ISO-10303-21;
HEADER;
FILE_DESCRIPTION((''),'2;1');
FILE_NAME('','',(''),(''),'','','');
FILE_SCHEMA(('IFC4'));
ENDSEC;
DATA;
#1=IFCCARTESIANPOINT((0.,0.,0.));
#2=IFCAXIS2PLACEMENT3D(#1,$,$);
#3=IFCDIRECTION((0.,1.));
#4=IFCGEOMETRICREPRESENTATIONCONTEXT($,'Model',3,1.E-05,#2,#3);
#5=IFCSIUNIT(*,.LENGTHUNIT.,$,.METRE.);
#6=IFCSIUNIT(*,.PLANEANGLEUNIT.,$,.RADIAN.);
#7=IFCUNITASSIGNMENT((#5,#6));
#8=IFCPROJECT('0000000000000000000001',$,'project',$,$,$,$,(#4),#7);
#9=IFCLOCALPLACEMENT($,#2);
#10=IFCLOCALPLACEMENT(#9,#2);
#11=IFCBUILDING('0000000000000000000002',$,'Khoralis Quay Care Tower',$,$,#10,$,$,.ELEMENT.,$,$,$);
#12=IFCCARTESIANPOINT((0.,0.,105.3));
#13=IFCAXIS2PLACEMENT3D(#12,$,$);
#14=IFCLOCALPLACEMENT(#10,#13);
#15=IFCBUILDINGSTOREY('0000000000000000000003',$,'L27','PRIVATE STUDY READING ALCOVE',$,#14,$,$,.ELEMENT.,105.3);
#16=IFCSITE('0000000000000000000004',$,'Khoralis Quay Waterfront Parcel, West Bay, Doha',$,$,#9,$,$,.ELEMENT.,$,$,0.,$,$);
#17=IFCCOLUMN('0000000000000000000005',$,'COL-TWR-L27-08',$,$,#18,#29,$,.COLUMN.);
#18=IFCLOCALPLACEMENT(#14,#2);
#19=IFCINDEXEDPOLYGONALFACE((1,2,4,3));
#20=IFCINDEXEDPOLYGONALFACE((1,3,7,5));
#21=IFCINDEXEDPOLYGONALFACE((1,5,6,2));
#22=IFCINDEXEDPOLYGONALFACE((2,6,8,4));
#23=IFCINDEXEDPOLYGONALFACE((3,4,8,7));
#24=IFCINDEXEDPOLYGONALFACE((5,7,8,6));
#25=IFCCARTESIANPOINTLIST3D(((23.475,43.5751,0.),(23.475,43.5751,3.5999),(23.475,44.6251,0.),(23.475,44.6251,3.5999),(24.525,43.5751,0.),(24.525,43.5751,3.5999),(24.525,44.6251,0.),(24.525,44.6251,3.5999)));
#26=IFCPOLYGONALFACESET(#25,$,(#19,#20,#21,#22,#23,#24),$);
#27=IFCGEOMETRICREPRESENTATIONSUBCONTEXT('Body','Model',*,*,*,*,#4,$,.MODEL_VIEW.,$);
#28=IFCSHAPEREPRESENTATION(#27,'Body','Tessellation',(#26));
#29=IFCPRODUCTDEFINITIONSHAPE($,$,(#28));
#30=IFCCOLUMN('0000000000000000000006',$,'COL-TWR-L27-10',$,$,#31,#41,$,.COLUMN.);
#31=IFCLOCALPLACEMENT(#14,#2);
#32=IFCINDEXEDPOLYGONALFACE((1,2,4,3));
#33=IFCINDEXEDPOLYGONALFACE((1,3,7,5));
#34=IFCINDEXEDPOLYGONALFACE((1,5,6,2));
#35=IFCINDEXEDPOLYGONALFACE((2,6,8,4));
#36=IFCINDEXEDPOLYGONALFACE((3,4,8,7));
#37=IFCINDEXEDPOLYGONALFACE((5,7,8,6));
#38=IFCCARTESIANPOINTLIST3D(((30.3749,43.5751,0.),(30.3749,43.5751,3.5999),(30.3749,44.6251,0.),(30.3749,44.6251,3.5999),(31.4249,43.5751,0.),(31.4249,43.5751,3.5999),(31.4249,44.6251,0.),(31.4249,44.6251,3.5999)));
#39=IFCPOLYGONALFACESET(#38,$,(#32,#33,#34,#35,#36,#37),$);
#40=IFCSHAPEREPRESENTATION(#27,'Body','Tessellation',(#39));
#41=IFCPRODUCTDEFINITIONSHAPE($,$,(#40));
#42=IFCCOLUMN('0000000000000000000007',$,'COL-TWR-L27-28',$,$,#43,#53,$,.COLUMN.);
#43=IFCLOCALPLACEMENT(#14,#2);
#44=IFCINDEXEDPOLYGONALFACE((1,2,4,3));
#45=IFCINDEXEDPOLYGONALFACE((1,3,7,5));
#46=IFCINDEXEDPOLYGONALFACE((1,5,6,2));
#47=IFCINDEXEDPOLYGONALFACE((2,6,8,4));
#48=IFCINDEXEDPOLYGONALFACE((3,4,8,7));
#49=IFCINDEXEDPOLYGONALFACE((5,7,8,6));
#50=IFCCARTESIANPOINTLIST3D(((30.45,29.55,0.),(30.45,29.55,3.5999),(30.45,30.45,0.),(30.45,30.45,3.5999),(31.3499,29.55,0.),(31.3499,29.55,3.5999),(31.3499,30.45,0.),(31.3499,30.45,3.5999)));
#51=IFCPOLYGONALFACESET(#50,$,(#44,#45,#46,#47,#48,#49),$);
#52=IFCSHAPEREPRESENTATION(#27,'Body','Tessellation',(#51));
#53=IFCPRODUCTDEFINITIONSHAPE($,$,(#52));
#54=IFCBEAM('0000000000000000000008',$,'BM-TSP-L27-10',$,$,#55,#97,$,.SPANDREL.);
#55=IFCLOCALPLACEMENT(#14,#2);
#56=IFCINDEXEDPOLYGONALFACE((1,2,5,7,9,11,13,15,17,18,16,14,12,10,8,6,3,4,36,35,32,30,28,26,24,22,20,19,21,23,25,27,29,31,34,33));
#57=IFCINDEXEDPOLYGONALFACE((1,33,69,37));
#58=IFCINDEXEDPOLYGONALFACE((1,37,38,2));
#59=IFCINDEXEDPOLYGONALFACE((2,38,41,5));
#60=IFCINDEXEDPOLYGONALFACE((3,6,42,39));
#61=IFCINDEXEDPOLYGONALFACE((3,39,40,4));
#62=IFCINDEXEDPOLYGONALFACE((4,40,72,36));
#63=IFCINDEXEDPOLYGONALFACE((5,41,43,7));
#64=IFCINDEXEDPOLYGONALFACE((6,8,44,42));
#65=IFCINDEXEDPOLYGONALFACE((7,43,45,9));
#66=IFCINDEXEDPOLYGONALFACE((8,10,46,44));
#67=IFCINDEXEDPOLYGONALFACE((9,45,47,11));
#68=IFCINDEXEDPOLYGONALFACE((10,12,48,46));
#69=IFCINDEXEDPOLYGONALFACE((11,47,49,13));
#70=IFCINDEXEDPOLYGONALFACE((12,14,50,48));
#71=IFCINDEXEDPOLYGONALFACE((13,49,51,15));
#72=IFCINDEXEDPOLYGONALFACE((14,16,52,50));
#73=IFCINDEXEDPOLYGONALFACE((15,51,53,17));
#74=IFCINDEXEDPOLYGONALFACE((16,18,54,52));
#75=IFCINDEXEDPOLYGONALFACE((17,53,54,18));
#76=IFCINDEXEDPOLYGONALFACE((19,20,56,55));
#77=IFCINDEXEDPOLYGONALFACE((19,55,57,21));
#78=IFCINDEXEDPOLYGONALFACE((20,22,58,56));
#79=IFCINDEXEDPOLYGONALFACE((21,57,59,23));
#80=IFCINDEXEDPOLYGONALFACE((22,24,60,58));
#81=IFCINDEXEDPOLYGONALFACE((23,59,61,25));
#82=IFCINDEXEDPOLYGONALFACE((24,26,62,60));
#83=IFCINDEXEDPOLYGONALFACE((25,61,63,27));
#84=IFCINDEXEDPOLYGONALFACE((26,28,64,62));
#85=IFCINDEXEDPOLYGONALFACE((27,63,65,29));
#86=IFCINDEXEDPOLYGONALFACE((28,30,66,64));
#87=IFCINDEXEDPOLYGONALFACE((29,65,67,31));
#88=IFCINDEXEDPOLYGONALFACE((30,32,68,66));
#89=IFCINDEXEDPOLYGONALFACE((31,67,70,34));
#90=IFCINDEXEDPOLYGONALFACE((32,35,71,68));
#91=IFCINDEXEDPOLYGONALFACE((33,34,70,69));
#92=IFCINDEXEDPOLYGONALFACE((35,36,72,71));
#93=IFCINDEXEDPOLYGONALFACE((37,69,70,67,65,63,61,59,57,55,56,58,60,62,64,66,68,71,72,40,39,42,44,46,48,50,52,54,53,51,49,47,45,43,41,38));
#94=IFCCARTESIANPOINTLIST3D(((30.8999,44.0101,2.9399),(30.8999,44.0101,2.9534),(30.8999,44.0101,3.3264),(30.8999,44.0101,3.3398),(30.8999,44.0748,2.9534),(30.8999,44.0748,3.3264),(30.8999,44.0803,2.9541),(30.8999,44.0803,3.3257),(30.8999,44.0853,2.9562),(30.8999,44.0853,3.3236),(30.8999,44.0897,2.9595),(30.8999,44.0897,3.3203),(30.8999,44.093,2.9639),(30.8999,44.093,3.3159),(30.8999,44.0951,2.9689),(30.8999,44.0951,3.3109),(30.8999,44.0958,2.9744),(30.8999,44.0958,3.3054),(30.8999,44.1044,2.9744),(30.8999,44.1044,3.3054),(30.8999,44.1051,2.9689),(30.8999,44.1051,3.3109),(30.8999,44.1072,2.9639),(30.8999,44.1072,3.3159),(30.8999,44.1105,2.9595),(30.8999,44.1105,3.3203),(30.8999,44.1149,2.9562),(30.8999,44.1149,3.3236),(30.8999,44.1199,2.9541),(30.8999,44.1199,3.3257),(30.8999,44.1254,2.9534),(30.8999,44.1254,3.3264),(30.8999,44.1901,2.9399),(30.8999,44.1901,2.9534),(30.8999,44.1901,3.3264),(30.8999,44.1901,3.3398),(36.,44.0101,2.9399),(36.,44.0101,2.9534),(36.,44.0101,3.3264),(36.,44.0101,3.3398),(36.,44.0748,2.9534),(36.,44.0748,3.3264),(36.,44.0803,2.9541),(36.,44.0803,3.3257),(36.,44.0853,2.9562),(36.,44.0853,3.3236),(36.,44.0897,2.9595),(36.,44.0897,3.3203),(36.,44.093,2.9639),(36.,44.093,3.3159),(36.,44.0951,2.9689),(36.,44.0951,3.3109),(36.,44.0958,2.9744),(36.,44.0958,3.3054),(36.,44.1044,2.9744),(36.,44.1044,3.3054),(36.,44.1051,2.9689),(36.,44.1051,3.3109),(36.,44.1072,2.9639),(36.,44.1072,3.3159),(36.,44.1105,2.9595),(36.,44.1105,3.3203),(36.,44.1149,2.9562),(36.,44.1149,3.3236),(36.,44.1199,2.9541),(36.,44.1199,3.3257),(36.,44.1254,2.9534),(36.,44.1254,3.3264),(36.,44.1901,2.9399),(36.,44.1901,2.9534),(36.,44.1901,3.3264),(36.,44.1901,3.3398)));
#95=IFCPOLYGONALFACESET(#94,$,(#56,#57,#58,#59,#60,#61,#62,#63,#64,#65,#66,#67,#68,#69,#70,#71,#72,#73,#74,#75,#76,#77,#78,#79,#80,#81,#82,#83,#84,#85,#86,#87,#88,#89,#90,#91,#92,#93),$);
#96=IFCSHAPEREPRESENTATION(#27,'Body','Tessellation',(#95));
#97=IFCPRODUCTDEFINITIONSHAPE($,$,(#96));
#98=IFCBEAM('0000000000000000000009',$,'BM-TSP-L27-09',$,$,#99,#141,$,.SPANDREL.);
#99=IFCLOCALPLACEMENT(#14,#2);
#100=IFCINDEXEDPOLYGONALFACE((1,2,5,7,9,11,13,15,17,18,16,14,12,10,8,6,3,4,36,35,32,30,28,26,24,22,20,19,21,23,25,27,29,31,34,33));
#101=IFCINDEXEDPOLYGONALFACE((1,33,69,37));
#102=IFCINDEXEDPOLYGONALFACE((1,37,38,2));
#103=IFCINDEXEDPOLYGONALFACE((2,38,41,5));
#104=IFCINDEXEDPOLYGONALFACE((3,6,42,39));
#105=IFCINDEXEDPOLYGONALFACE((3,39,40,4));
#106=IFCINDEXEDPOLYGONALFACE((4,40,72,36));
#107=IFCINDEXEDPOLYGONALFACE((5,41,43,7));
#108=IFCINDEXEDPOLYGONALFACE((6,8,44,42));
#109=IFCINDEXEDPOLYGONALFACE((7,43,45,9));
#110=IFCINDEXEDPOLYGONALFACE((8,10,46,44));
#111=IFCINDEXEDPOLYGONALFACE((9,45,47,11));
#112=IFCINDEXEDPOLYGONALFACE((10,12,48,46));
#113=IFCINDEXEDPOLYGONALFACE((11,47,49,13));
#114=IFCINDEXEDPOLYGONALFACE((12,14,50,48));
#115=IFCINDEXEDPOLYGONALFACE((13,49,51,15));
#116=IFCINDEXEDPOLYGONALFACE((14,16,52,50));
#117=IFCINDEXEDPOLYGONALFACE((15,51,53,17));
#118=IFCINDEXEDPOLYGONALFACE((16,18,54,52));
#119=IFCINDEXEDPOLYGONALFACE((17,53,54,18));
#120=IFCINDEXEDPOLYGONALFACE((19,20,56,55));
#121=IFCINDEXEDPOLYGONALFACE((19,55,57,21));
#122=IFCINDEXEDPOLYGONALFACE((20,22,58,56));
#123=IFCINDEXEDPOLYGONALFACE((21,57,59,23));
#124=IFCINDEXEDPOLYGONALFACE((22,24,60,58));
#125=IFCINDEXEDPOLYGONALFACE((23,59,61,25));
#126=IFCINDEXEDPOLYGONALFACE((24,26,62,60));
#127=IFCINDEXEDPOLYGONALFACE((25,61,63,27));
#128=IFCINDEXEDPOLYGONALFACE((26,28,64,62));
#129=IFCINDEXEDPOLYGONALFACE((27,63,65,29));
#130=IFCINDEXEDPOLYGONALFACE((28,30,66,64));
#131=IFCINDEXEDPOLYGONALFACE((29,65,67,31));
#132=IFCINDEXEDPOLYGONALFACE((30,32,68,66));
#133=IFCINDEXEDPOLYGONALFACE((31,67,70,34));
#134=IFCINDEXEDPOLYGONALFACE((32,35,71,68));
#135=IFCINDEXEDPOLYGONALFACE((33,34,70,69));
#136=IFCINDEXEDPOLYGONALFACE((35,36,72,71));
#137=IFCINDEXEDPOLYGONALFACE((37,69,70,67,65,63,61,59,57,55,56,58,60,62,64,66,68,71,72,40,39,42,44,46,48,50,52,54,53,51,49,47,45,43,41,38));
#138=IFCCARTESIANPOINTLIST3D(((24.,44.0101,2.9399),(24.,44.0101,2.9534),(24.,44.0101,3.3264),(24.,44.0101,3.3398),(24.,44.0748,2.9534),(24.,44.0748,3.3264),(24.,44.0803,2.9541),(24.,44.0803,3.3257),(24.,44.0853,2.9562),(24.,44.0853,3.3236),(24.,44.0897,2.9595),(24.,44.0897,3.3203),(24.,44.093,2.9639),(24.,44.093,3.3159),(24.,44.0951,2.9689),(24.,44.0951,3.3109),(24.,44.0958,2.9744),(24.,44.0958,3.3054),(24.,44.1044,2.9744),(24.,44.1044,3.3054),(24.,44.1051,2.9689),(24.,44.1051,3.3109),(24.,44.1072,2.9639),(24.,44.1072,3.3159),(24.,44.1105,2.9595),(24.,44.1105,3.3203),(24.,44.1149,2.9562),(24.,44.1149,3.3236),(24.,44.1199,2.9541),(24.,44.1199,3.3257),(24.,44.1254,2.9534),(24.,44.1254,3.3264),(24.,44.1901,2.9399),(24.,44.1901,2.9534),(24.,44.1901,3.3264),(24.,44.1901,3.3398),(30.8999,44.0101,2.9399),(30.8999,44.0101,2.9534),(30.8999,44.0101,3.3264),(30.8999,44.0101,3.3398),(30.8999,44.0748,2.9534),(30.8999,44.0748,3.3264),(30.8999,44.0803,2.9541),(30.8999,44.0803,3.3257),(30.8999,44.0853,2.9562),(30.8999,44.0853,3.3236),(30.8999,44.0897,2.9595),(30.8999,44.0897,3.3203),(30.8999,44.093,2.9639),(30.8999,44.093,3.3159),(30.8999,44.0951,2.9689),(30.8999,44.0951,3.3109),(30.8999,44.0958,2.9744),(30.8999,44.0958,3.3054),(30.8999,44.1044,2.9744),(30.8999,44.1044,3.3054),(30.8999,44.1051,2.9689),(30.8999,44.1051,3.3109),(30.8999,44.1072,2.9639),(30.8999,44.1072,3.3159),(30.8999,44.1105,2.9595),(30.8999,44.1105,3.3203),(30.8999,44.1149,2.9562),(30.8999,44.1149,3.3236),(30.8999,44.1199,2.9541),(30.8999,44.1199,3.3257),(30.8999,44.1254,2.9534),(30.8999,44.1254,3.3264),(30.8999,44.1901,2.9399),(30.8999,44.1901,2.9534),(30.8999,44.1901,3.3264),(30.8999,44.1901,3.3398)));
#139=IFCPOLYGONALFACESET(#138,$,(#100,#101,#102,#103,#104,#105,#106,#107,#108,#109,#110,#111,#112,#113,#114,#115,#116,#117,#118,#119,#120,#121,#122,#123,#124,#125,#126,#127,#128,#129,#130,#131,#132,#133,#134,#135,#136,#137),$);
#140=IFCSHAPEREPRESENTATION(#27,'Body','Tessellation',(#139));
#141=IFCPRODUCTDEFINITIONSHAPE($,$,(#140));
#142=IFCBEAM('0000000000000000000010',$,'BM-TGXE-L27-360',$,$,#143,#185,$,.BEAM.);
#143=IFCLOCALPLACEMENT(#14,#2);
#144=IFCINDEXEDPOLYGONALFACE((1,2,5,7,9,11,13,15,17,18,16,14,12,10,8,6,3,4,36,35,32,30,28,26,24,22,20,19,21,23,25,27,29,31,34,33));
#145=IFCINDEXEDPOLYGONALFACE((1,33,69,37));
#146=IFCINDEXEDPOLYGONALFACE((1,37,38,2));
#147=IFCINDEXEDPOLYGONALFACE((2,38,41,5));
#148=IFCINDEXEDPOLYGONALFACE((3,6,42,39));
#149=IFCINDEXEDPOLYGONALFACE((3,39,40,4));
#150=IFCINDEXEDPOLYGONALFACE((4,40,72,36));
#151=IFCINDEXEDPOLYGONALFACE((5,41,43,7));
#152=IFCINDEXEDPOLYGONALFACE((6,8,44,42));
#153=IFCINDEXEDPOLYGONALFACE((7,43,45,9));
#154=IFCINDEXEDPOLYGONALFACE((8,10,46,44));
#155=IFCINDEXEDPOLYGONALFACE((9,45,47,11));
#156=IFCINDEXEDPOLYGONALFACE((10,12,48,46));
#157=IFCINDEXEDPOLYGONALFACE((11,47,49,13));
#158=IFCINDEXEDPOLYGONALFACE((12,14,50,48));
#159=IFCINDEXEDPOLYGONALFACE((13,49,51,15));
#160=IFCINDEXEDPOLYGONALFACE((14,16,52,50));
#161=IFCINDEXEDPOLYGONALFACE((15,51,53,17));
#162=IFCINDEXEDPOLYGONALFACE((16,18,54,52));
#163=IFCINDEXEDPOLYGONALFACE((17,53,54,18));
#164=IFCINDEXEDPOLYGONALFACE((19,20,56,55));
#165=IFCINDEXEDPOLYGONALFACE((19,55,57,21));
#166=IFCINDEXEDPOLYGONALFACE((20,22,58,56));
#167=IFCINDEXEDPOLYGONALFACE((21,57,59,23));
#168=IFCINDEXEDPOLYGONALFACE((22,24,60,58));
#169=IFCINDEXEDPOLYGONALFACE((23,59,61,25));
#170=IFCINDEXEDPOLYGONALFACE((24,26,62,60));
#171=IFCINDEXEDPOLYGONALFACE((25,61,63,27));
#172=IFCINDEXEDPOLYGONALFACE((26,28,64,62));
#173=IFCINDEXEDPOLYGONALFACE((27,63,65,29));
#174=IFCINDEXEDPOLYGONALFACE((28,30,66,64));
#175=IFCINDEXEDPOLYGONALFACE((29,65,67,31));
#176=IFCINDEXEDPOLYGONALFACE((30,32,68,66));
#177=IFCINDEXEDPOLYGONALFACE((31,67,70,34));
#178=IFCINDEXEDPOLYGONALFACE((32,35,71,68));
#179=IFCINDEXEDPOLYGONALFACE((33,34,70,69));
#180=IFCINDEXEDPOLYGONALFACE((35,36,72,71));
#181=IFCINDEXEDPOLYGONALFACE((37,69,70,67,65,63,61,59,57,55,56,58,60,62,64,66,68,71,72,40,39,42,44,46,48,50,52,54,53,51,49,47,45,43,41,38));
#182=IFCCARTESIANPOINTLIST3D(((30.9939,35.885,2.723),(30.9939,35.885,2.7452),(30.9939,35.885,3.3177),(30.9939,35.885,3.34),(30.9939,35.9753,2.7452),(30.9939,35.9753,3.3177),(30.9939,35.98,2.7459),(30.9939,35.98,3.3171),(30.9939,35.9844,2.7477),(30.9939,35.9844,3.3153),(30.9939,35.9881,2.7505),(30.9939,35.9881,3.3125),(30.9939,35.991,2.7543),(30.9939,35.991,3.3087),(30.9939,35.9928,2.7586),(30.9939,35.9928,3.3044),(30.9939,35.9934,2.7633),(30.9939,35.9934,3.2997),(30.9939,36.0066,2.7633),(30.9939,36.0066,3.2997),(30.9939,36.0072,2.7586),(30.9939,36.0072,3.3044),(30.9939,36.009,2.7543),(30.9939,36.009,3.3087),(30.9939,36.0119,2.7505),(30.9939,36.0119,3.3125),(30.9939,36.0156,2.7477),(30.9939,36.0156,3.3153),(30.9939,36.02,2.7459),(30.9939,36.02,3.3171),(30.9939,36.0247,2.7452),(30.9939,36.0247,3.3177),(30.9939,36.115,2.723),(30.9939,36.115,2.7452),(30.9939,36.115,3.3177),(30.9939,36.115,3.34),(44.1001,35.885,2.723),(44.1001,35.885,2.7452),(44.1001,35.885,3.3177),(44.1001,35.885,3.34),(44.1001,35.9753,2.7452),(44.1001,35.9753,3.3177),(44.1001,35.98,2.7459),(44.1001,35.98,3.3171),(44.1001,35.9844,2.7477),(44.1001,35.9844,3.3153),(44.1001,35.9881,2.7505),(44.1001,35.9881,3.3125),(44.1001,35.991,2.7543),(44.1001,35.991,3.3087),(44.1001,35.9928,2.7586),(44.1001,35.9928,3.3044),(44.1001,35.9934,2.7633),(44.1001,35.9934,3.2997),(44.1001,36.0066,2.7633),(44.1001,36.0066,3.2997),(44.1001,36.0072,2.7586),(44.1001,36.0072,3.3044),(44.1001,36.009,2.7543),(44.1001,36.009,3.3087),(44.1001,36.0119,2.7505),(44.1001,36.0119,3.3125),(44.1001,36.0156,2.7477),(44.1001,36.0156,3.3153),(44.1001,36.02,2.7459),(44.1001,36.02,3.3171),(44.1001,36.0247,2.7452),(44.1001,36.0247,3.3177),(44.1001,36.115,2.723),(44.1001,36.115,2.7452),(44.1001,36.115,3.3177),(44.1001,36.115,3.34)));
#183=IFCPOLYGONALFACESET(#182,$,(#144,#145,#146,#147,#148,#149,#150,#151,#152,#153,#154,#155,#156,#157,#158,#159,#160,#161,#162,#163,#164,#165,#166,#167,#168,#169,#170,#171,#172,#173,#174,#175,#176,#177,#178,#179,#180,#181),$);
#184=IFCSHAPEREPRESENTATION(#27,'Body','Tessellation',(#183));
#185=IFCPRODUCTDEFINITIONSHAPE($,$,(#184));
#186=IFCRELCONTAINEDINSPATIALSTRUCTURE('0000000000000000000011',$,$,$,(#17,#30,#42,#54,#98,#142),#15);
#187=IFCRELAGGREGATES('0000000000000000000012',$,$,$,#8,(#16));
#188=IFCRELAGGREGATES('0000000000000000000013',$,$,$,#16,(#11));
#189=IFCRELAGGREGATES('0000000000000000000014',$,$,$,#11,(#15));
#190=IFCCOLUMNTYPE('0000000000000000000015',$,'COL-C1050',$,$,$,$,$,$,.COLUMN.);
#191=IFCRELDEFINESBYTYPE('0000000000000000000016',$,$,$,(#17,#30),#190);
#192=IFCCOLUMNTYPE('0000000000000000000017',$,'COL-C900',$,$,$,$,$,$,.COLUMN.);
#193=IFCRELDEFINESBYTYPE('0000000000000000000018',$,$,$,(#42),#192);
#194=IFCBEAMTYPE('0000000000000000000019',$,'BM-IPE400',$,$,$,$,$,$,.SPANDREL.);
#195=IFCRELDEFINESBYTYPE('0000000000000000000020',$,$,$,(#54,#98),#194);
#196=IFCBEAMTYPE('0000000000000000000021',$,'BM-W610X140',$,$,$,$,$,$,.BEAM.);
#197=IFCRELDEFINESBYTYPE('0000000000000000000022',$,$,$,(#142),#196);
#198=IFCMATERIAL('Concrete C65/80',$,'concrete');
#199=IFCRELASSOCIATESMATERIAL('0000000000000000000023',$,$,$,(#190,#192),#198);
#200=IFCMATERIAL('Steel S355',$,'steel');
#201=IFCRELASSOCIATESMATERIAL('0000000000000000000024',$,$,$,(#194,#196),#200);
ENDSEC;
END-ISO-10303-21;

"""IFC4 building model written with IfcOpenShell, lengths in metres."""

from ifc_helpers import new_model, si_unit, direction, frame, origin, origin_2d, place, context, subcontext, project, spatial, rectangle, i_section, extrude, source, transform, mapped, material, material_profile, profile_set, type_object, element, save


model = new_model("IFC4")

# Units and contexts
model_context = context("Model", 3, precision=1e-05, world=origin(), true_north=direction((0.0, 1.0)))
body_context = subcontext(model_context, "Body", "Model", "MODEL_VIEW")
ifc_project = project(units=[si_unit("LENGTHUNIT", "METRE"), si_unit("PLANEANGLEUNIT", "RADIAN")], contexts=[model_context])

# Site, building, storey
site_placement = place(None, origin())
site = spatial("IfcSite", under=ifc_project, at=site_placement, Name="Khoralis Quay Waterfront Parcel, West Bay, Doha", CompositionType="ELEMENT", RefElevation=0.0)
building_placement = place(site_placement, origin())
building = spatial("IfcBuilding", under=site, at=building_placement, Name="Khoralis Quay Care Tower", CompositionType="ELEMENT")
storey_placement = place(building_placement, frame((0.0, 0.0, 105.3)))
storey = spatial("IfcBuildingStorey", under=building, at=storey_placement, Name="L27", Description="PRIVATE STUDY READING ALCOVE", CompositionType="ELEMENT", Elevation=105.3)

# Columns
ifc_material_1 = material(Name="Concrete C65/80", Category="concrete")
ifc_material_profile_1 = material_profile(ifc_material_1, rectangle(XDim=1.05, YDim=1.05, at=origin_2d()), Name="Concrete C65/80")
ifc_profile_set_1 = profile_set([ifc_material_profile_1], Name="Concrete C65/80")
column_type_1 = type_object("IfcColumnType", Name="COL-C1050", PredefinedType="COLUMN", material=ifc_profile_set_1)
shared_shape_1 = source(origin(), body_context, "Body", "SweptSolid", [
    extrude(rectangle(XDim=1.05, YDim=1.05, at=origin_2d()), origin(), (0.0, 0.0, 1.0), 3.5999),
])
for number, where, z_axis, x_axis, name in (
    (1, (24.0, 44.1001, 0.0), (0.0, 0.0, 1.0), (1.0, 0.0, 0.0), "COL-TWR-L27-08"),
    (2, (30.8999, 44.1001, 0.0), (0.0, 0.0, 1.0), (1.0, 0.0, 0.0), "COL-TWR-L27-10"),
):
    element("IfcColumn", number, at=place(storey_placement, frame(where, z_axis=z_axis, x_axis=x_axis)), inside=storey, type_object=column_type_1, Name=name, PredefinedType="COLUMN", context=body_context, shape_type="MappedRepresentation", body=[
        mapped(shared_shape_1, transform((0.0, 0.0, 0.0), scale=1.0)),
    ])
ifc_material_profile_2 = material_profile(ifc_material_1, rectangle(XDim=0.8999, YDim=0.8999, at=origin_2d()), Name="Concrete C65/80")
ifc_profile_set_2 = profile_set([ifc_material_profile_2], Name="Concrete C65/80")
column_type_2 = type_object("IfcColumnType", Name="COL-C900", PredefinedType="COLUMN", material=ifc_profile_set_2)
shared_shape_2 = source(origin(), body_context, "Body", "SweptSolid", [
    extrude(rectangle(XDim=0.8999, YDim=0.8999, at=origin_2d()), origin(), (0.0, 0.0, 1.0), 3.5999),
])
column_placement = place(storey_placement, frame((30.8999, 30.0, 0.0), z_axis=(0.0, 0.0, 1.0), x_axis=(1.0, 0.0, 0.0)))
element("IfcColumn", 3, at=column_placement, inside=storey, type_object=column_type_2, Name="COL-TWR-L27-28", PredefinedType="COLUMN", context=body_context, shape_type="MappedRepresentation", body=[
    mapped(shared_shape_2, transform((0.0, 0.0, 0.0), scale=1.0)),
])

# Beams
ifc_material_2 = material(Name="Steel S355", Category="steel")
ifc_material_profile_3 = material_profile(ifc_material_2, i_section(OverallWidth=0.1799, OverallDepth=0.3999, WebThickness=0.0085, FlangeThickness=0.0134, FilletRadius=0.021, at=origin_2d()), Name="Steel S355")
ifc_profile_set_3 = profile_set([ifc_material_profile_3], Name="Steel S355")
beam_type_1 = type_object("IfcBeamType", Name="BM-IPE400", PredefinedType="SPANDREL", material=ifc_profile_set_3)
shared_shape_3 = source(origin(), body_context, "Body", "SweptSolid", [
    extrude(i_section(OverallWidth=0.1799, OverallDepth=0.3999, WebThickness=0.0085, FlangeThickness=0.0134, FilletRadius=0.021, at=origin_2d()), origin(), (0.0, 0.0, 1.0), 5.1001),
])
beam_1_placement = place(storey_placement, frame((30.8999, 44.1001, 3.1399), z_axis=(1.0, 0.0, 0.0), x_axis=(0.0, 1.0, 0.0)))
element("IfcBeam", 4, at=beam_1_placement, inside=storey, type_object=beam_type_1, Name="BM-TSP-L27-10", PredefinedType="SPANDREL", context=body_context, shape_type="MappedRepresentation", body=[
    mapped(shared_shape_3, transform((0.0, 0.0, 0.0), scale=1.0)),
])
shared_shape_4 = source(origin(), body_context, "Body", "SweptSolid", [
    extrude(i_section(OverallWidth=0.1799, OverallDepth=0.3999, WebThickness=0.0085, FlangeThickness=0.0134, FilletRadius=0.021, at=origin_2d()), origin(), (0.0, 0.0, 1.0), 6.8999),
])
beam_2_placement = place(storey_placement, frame((24.0, 44.1001, 3.1399), z_axis=(1.0, 0.0, 0.0), x_axis=(0.0, 1.0, 0.0)))
element("IfcBeam", 5, at=beam_2_placement, inside=storey, type_object=beam_type_1, Name="BM-TSP-L27-09", PredefinedType="SPANDREL", context=body_context, shape_type="MappedRepresentation", body=[
    mapped(shared_shape_4, transform((0.0, 0.0, 0.0), scale=1.0)),
])
ifc_material_profile_4 = material_profile(ifc_material_2, i_section(OverallWidth=0.23, OverallDepth=0.6169, WebThickness=0.0132, FlangeThickness=0.0222, FilletRadius=0.0181, at=origin_2d()), Name="Steel S355")
ifc_profile_set_4 = profile_set([ifc_material_profile_4], Name="Steel S355")
beam_type_2 = type_object("IfcBeamType", Name="BM-W610X140", PredefinedType="BEAM", material=ifc_profile_set_4)
shared_shape_5 = source(origin(), body_context, "Body", "SweptSolid", [
    extrude(i_section(OverallWidth=0.23, OverallDepth=0.6169, WebThickness=0.0132, FlangeThickness=0.0222, FilletRadius=0.0181, at=origin_2d()), origin(), (0.0, 0.0, 1.0), 13.1062),
])
beam_3_placement = place(storey_placement, frame((30.9939, 36.0, 3.0315), z_axis=(1.0, 0.0, 0.0), x_axis=(0.0, 1.0, 0.0)))
element("IfcBeam", 6, at=beam_3_placement, inside=storey, type_object=beam_type_2, Name="BM-TGXE-L27-360", PredefinedType="BEAM", context=body_context, shape_type="MappedRepresentation", body=[
    mapped(shared_shape_5, transform((0.0, 0.0, 0.0), scale=1.0)),
])

save(model, "model.ifc")
